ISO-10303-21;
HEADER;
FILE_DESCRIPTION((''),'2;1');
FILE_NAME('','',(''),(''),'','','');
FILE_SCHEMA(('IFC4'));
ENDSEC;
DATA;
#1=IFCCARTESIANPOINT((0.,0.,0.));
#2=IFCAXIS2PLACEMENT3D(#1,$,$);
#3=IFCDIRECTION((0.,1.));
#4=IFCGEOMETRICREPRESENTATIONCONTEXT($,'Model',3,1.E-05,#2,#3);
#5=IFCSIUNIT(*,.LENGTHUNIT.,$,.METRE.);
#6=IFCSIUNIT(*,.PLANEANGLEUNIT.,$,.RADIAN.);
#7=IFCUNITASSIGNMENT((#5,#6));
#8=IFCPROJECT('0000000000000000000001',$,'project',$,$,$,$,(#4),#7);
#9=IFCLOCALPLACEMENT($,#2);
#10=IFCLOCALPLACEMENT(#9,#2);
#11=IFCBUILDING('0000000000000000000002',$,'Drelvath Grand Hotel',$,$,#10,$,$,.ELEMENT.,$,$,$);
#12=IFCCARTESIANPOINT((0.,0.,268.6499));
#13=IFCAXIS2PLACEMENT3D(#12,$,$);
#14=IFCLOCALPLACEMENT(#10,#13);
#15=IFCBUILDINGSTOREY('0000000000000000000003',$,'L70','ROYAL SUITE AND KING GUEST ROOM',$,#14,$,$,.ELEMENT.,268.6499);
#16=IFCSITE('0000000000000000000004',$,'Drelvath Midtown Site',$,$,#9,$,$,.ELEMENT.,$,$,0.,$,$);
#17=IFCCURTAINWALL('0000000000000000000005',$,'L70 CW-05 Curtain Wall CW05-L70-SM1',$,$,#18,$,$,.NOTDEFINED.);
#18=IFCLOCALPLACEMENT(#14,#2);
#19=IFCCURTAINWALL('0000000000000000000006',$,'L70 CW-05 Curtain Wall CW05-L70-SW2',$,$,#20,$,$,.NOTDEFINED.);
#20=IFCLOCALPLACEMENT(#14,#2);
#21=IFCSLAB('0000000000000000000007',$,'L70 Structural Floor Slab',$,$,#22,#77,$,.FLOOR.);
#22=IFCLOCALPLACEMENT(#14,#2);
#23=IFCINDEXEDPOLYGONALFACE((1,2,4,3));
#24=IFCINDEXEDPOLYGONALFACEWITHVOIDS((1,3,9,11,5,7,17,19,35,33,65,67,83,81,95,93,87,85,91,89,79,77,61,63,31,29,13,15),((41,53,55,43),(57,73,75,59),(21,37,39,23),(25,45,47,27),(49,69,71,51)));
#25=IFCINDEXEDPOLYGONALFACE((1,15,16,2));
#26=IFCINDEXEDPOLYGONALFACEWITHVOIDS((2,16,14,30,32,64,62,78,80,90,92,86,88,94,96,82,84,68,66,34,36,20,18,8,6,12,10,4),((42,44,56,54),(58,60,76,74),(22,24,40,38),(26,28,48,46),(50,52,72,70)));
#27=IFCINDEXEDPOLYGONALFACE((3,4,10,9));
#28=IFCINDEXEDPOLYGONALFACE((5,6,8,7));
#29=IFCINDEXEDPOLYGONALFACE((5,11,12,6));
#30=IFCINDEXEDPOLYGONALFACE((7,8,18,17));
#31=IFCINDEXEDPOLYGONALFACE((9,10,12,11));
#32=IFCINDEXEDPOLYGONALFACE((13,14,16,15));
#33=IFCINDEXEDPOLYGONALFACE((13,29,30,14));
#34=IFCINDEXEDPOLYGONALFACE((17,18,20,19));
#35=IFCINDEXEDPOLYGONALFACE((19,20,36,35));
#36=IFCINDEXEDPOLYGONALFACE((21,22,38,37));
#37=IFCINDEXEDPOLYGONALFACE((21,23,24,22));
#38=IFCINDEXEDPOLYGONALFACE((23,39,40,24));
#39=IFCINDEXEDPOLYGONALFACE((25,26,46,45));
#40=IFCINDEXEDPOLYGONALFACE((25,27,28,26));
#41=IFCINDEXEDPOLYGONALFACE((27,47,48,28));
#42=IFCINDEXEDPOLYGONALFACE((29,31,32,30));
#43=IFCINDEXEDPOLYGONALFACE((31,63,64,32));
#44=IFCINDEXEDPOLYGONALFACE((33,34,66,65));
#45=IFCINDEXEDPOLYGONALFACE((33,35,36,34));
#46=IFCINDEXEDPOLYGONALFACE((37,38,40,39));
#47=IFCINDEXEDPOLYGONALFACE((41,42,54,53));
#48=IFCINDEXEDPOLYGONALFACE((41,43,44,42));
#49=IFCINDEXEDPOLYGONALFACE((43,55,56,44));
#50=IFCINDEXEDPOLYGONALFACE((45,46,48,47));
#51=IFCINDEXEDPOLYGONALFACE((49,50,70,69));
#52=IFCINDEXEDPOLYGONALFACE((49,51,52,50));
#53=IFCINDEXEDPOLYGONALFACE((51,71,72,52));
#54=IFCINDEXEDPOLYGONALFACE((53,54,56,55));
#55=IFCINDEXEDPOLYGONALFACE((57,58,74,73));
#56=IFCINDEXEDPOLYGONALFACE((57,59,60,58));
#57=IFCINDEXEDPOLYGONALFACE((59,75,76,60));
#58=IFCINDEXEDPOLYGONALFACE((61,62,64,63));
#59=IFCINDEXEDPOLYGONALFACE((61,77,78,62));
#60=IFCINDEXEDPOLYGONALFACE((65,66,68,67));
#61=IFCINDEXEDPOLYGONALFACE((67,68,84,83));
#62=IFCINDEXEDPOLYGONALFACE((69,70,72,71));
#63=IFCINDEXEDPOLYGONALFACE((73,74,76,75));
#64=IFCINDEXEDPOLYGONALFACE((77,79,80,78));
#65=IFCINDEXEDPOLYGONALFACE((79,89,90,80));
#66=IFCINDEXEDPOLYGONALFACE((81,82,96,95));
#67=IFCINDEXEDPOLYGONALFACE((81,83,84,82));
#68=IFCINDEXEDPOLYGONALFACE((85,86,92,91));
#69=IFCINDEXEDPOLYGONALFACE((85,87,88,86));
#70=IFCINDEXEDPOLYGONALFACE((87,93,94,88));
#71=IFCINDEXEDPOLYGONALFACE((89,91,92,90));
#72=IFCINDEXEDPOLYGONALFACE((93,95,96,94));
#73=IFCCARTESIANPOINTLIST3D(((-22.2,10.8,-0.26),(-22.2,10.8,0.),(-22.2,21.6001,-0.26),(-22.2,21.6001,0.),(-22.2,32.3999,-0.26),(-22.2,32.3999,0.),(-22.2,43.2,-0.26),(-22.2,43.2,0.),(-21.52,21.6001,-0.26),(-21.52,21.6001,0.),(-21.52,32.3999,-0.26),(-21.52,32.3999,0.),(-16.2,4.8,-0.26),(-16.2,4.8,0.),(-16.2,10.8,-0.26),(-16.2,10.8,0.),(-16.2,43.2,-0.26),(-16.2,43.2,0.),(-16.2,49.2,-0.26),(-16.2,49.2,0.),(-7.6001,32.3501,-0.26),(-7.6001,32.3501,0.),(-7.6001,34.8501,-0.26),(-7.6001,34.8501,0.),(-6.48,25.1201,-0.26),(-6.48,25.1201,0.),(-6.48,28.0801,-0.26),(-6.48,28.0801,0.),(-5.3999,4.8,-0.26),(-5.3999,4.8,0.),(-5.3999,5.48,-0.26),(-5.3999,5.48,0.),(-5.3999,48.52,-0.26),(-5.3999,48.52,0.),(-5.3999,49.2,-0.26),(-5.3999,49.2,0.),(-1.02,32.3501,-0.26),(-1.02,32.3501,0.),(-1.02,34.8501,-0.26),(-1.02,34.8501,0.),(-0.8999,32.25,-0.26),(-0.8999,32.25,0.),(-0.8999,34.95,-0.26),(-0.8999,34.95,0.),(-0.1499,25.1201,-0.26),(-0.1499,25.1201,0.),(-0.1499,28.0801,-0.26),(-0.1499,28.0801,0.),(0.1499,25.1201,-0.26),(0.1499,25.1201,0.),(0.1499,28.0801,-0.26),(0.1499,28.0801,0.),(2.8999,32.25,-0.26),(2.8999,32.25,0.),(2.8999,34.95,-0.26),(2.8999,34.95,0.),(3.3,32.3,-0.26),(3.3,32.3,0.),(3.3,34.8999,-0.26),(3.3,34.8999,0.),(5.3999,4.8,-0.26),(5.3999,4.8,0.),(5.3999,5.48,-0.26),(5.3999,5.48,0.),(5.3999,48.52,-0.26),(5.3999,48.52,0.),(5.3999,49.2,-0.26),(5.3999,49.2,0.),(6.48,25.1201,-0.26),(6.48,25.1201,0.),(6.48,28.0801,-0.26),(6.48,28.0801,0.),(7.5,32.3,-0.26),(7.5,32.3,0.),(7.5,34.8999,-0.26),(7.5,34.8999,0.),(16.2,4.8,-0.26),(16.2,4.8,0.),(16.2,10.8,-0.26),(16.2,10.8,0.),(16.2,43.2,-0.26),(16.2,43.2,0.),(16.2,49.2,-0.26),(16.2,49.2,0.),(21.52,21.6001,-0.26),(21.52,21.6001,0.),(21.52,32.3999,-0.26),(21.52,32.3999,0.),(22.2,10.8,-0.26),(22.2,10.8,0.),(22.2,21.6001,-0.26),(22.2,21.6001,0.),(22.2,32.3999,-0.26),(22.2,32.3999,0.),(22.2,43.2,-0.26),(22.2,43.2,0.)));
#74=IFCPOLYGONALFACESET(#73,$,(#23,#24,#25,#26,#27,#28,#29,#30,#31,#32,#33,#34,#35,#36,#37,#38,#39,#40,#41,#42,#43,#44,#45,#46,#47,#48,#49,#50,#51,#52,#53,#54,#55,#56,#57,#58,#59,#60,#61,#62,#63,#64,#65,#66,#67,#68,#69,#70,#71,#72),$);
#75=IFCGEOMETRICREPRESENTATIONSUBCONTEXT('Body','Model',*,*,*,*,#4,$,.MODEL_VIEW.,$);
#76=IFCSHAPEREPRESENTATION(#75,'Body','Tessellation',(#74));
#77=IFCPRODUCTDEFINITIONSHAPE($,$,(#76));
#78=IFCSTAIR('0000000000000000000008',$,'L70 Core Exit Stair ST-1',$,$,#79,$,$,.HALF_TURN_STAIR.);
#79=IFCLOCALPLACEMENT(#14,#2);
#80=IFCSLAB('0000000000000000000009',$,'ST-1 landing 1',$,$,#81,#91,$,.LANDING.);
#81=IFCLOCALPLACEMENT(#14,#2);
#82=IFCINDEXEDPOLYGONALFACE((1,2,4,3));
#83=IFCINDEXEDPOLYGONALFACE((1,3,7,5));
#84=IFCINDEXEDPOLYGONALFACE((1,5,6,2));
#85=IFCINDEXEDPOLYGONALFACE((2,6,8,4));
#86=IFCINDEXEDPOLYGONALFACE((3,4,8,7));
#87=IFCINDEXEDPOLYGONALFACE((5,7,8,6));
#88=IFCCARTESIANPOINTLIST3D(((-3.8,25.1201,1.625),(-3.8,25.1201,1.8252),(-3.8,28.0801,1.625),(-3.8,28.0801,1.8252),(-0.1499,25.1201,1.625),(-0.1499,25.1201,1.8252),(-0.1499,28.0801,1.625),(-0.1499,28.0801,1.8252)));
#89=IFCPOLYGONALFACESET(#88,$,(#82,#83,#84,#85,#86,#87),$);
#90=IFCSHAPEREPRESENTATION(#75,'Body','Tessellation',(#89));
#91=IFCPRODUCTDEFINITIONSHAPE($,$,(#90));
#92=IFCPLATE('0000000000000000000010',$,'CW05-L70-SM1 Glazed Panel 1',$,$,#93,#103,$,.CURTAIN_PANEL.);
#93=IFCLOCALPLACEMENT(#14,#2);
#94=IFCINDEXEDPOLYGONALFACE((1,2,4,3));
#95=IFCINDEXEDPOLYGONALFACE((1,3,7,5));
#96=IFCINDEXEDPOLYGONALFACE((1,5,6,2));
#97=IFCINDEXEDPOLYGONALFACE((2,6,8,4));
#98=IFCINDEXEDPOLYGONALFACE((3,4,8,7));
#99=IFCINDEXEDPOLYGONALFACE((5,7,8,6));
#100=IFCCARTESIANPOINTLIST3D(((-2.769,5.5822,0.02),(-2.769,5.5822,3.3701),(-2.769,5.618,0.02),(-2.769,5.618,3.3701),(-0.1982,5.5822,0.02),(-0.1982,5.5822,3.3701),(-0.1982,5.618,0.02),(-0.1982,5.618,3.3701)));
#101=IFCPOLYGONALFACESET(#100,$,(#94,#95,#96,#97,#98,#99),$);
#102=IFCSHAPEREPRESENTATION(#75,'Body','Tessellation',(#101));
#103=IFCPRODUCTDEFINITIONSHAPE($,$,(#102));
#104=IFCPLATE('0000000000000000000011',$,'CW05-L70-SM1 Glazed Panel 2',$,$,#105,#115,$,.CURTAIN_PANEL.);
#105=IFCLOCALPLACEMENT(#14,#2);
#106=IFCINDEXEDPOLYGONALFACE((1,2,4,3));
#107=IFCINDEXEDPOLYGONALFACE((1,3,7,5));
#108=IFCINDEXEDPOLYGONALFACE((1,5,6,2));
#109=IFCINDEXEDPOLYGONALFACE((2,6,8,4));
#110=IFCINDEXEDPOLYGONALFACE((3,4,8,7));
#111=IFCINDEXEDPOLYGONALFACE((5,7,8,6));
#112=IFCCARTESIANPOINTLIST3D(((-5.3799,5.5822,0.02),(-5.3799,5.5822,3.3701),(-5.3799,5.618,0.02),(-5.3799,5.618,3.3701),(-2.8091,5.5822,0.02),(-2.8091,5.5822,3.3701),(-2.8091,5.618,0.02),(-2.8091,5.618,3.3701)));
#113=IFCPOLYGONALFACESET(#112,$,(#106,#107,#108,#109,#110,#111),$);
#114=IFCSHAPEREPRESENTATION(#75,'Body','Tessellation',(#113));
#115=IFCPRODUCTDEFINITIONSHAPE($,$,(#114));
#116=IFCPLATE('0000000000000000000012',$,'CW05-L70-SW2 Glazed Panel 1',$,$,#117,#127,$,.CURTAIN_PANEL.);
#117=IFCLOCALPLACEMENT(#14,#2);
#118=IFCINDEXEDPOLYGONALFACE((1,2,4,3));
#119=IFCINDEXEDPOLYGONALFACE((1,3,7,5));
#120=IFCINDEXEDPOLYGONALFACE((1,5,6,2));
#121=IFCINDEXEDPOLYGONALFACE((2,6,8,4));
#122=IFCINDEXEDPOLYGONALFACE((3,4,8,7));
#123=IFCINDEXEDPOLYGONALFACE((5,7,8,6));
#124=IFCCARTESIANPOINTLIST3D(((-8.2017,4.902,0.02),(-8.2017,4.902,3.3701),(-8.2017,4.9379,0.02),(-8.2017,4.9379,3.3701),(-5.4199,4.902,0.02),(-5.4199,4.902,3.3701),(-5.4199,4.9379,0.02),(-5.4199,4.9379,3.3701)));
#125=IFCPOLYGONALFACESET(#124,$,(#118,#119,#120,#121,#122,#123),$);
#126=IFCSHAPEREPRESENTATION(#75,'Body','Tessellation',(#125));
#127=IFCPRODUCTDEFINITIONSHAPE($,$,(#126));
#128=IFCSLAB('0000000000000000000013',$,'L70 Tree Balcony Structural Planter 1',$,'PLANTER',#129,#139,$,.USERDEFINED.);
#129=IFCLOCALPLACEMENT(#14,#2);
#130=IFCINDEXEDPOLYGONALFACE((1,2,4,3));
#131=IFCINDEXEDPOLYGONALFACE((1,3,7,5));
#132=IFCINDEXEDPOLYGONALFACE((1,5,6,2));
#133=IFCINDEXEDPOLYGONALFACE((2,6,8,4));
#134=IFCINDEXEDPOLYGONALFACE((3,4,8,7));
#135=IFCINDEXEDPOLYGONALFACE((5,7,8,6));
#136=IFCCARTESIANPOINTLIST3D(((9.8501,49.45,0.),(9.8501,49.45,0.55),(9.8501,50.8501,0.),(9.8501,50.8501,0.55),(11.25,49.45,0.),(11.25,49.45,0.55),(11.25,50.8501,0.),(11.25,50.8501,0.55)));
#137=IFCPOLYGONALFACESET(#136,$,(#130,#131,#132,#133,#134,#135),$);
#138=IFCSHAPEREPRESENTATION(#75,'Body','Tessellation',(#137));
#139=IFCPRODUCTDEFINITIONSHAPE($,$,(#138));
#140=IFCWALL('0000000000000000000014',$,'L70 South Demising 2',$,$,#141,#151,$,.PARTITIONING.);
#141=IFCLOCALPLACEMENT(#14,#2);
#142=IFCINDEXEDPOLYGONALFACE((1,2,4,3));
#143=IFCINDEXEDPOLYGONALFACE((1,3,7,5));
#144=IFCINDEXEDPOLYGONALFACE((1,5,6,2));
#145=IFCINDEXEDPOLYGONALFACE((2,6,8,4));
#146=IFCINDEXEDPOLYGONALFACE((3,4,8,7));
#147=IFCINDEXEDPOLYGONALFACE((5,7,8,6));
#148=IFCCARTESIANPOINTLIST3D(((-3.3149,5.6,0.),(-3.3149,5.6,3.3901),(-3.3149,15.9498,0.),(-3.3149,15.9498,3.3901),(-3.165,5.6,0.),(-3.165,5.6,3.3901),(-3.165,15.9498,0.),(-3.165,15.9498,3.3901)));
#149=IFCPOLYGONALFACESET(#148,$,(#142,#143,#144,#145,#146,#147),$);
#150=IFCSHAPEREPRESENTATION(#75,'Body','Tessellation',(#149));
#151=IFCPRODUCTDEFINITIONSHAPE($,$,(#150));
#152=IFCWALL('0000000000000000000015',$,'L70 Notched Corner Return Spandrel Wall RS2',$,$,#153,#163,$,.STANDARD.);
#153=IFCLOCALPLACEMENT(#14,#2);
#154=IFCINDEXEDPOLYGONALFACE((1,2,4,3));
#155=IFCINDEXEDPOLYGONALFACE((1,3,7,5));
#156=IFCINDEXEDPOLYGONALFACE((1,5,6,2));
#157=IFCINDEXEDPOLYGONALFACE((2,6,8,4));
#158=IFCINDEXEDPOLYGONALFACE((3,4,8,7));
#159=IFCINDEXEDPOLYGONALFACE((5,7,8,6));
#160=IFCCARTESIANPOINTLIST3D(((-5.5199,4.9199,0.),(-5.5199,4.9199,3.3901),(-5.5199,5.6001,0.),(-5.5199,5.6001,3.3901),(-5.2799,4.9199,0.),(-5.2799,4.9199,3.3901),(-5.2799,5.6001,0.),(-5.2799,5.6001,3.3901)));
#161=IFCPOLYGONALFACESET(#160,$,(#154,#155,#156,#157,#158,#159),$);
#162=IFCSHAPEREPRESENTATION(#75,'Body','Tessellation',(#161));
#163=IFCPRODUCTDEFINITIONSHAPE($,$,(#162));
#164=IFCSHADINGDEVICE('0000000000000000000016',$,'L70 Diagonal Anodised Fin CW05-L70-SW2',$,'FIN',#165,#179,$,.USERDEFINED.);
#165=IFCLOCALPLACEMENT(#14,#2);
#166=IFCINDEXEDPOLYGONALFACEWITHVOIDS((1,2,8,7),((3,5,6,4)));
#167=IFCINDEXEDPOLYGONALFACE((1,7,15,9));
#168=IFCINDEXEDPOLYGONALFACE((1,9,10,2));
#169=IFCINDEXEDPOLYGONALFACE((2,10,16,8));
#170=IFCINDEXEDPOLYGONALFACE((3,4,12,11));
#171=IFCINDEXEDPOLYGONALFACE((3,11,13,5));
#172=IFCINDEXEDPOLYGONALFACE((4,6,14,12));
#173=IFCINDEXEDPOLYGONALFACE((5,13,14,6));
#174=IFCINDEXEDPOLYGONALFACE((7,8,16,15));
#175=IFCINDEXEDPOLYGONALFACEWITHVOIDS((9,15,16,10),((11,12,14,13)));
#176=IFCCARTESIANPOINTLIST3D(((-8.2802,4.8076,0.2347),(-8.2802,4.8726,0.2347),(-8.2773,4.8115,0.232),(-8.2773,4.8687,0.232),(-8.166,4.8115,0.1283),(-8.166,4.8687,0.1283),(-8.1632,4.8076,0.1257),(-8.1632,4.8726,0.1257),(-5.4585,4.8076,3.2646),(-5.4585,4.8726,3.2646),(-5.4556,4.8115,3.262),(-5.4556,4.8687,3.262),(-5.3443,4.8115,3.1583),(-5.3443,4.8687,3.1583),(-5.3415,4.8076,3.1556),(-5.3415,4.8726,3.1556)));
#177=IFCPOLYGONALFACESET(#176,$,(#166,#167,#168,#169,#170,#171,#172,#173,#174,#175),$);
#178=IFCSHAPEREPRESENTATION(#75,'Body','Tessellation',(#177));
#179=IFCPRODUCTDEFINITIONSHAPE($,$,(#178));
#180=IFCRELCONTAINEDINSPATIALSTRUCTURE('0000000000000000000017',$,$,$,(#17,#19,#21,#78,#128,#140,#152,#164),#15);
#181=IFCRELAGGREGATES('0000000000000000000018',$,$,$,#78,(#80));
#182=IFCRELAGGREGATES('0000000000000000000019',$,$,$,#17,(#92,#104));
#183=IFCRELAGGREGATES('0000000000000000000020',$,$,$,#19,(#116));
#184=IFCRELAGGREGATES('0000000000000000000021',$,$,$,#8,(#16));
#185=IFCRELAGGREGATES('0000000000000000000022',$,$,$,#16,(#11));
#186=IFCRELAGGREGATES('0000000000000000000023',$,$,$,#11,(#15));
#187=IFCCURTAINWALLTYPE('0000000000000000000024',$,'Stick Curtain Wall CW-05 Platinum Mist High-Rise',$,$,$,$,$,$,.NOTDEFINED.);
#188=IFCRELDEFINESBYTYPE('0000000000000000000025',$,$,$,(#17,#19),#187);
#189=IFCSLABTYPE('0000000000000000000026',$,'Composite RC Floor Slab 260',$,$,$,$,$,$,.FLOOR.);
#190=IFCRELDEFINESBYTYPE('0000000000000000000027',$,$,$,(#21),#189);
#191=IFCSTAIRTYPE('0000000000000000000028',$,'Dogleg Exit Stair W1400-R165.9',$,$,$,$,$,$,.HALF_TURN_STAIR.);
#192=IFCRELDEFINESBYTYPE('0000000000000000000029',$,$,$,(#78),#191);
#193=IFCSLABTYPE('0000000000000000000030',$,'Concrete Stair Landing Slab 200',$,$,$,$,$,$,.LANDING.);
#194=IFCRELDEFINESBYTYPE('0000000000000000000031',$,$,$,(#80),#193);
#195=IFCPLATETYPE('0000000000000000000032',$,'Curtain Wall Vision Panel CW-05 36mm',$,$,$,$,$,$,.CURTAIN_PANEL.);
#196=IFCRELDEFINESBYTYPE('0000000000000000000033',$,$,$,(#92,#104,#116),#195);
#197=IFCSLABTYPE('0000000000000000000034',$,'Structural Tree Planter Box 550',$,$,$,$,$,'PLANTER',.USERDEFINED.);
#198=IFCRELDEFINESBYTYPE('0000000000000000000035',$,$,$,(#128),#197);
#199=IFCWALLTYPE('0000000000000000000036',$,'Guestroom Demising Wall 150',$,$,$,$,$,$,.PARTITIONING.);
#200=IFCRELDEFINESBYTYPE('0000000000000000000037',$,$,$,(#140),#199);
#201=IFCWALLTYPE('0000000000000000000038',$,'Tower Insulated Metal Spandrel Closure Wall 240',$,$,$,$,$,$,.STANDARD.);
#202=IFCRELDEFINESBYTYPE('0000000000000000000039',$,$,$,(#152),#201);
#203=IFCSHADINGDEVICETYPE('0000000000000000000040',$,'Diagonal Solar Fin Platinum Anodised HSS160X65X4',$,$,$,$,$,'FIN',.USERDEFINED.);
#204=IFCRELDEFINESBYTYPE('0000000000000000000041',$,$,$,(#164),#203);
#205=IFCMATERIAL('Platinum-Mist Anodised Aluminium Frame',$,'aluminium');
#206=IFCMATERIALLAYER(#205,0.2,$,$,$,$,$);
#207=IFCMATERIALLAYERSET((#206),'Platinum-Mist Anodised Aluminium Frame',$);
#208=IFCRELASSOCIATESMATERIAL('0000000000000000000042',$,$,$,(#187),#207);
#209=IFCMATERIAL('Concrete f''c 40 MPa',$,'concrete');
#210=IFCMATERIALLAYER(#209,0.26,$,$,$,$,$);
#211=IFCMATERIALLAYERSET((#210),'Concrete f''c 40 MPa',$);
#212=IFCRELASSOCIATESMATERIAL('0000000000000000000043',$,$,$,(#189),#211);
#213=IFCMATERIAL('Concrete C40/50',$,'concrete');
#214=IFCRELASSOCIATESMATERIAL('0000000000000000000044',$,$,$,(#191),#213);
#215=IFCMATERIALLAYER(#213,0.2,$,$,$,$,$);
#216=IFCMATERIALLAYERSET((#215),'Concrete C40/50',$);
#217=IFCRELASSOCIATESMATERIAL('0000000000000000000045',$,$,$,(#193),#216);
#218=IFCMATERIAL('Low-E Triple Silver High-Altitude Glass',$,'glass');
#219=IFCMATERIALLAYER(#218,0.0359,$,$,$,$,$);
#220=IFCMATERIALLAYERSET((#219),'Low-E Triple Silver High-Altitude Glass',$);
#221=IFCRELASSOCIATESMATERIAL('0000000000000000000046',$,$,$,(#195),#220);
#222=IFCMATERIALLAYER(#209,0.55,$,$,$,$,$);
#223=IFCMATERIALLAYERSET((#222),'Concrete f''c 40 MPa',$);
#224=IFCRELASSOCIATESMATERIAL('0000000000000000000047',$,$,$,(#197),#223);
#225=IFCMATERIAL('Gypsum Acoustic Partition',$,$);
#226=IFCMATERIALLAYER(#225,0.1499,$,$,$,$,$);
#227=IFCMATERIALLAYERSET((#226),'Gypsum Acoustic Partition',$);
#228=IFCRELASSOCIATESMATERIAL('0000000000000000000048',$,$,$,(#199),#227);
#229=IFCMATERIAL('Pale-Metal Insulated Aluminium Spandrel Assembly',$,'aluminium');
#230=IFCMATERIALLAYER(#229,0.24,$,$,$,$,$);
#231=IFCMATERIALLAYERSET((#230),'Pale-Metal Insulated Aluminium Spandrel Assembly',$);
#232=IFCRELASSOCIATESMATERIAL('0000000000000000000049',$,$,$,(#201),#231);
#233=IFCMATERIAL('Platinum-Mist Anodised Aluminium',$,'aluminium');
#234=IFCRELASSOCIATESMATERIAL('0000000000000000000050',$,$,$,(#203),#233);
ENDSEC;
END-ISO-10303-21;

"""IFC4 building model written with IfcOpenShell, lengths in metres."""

from ifc_helpers import new_model, si_unit, direction, frame, frame_2d, origin, origin_2d, place, context, subcontext, project, spatial, polyline, rectangle, hollow_rectangle, outline, extrude, material, layer, layer_set, material_profile, profile_set, type_object, element, aggregate, save


model = new_model("IFC4")

# Units and contexts
model_context = context("Model", 3, precision=1e-05, world=origin(), true_north=direction((0.0, 1.0)))
body_context = subcontext(model_context, "Body", "Model", "MODEL_VIEW")
ifc_project = project(units=[si_unit("LENGTHUNIT", "METRE"), si_unit("PLANEANGLEUNIT", "RADIAN")], contexts=[model_context])

# Site, building, storey
site_placement = place(None, origin())
site = spatial("IfcSite", under=ifc_project, at=site_placement, Name="Drelvath Midtown Site", CompositionType="ELEMENT", RefElevation=0.0)
building_placement = place(site_placement, origin())
building = spatial("IfcBuilding", under=site, at=building_placement, Name="Drelvath Grand Hotel", CompositionType="ELEMENT")
storey_placement = place(building_placement, frame((0.0, 0.0, 268.6499)))
storey = spatial("IfcBuildingStorey", under=building, at=storey_placement, Name="L70", Description="ROYAL SUITE AND KING GUEST ROOM", CompositionType="ELEMENT", Elevation=268.6499)

# Curtain walls
ifc_material_1 = material(Name="Platinum-Mist Anodised Aluminium Frame", Category="aluminium")
ifc_layer_1 = layer(ifc_material_1, 0.2)
ifc_layer_set_1 = layer_set([ifc_layer_1], Name="Platinum-Mist Anodised Aluminium Frame")
curtain_wall_type = type_object("IfcCurtainWallType", Name="Stick Curtain Wall CW-05 Platinum Mist High-Rise", PredefinedType="NOTDEFINED", material=ifc_layer_set_1)
curtain_wall_1_placement = place(storey_placement, origin())
curtain_wall_1 = element("IfcCurtainWall", 1, at=curtain_wall_1_placement, inside=storey, type_object=curtain_wall_type, Name="L70 CW-05 Curtain Wall CW05-L70-SM1", PredefinedType="NOTDEFINED")
curtain_wall_2_placement = place(storey_placement, origin())
curtain_wall_2 = element("IfcCurtainWall", 2, at=curtain_wall_2_placement, inside=storey, type_object=curtain_wall_type, Name="L70 CW-05 Curtain Wall CW05-L70-SW2", PredefinedType="NOTDEFINED")

# Slab
ifc_material_2 = material(Name="Concrete f'c 40 MPa", Category="concrete")
ifc_layer_2 = layer(ifc_material_2, 0.26)
ifc_layer_set_2 = layer_set([ifc_layer_2], Name="Concrete f'c 40 MPa")
slab_type_1 = type_object("IfcSlabType", Name="Composite RC Floor Slab 260", PredefinedType="FLOOR", material=ifc_layer_set_2)
slab_1_placement = place(storey_placement, frame((0.0, 0.0, -0.26)))
element("IfcSlab", 3, at=slab_1_placement, inside=storey, type_object=slab_type_1, Name="L70 Structural Floor Slab", PredefinedType="FLOOR", context=body_context, shape_type="SweptSolid", body=[
    extrude(outline(polyline([(-16.2, 4.8), (-5.3999, 4.8), (-5.3999, 5.48), (5.3999, 5.48), (5.3999, 4.8), (16.2, 4.8), (16.2, 10.8), (22.2, 10.8), (22.2, 21.6001), (21.52, 21.6001), (21.52, 32.3999), (22.2, 32.3999), (22.2, 43.2), (16.2, 43.2), (16.2, 49.2), (5.3999, 49.2), (5.3999, 48.52), (-5.3999, 48.52), (-5.3999, 49.2), (-16.2, 49.2), (-16.2, 43.2), (-22.2, 43.2), (-22.2, 32.3999), (-21.52, 32.3999), (-21.52, 21.6001), (-22.2, 21.6001), (-22.2, 10.8), (-16.2, 10.8), (-16.2, 4.8)]), holes=[polyline([(-6.48, 25.1201), (-6.48, 28.0801), (-0.1499, 28.0801), (-0.1499, 25.1201), (-6.48, 25.1201)]), polyline([(0.1499, 25.1201), (0.1499, 28.0801), (6.48, 28.0801), (6.48, 25.1201), (0.1499, 25.1201)]), polyline([(-7.6001, 32.3501), (-7.6001, 34.8501), (-1.02, 34.8501), (-1.02, 32.3501), (-7.6001, 32.3501)]), polyline([(-0.8999, 32.25), (-0.8999, 34.95), (2.8999, 34.95), (2.8999, 32.25), (-0.8999, 32.25)]), polyline([(3.3, 32.3), (3.3, 34.8999), (7.5, 34.8999), (7.5, 32.3), (3.3, 32.3)])]), origin(), (0.0, 0.0, 1.0), 0.26),
])

# Stair, slab
ifc_material_3 = material(Name="Concrete C40/50", Category="concrete")
stair_type = type_object("IfcStairType", Name="Dogleg Exit Stair W1400-R165.9", PredefinedType="HALF_TURN_STAIR", material=ifc_material_3)
stair_placement = place(storey_placement, origin())
stair = element("IfcStair", 4, at=stair_placement, inside=storey, type_object=stair_type, Name="L70 Core Exit Stair ST-1", PredefinedType="HALF_TURN_STAIR")
ifc_layer_3 = layer(ifc_material_3, 0.2)
ifc_layer_set_3 = layer_set([ifc_layer_3], Name="Concrete C40/50")
slab_type_2 = type_object("IfcSlabType", Name="Concrete Stair Landing Slab 200", PredefinedType="LANDING", material=ifc_layer_set_3)
slab_2_placement = place(storey_placement, frame((0.0, 0.0, 1.625)))
slab_2 = element("IfcSlab", 5, at=slab_2_placement, type_object=slab_type_2, Name="ST-1 landing 1", PredefinedType="LANDING", context=body_context, shape_type="SweptSolid", body=[
    extrude(outline(polyline([(-3.8, 25.1201), (-0.1499, 25.1201), (-0.1499, 28.0801), (-3.8, 28.0801), (-3.8, 25.1201)])), origin(), (0.0, 0.0, 1.0), 0.2002),
])
aggregate(stair, [slab_2])

# Plates
ifc_material_4 = material(Name="Low-E Triple Silver High-Altitude Glass", Category="glass")
ifc_layer_4 = layer(ifc_material_4, 0.0359)
ifc_layer_set_4 = layer_set([ifc_layer_4], Name="Low-E Triple Silver High-Altitude Glass")
plate_type = type_object("IfcPlateType", Name="Curtain Wall Vision Panel CW-05 36mm", PredefinedType="CURTAIN_PANEL", material=ifc_layer_set_4)
plate_1_placement = place(storey_placement, frame((-1.4836, 5.6001, 0.02), z_axis=(0.0, 0.0, 1.0), x_axis=(-1.0, 0.0, 0.0)))
plate_1 = element("IfcPlate", 6, at=plate_1_placement, type_object=plate_type, Name="CW05-L70-SM1 Glazed Panel 1", PredefinedType="CURTAIN_PANEL", context=body_context, shape_type="SweptSolid", body=[
    extrude(rectangle(XDim=2.5708, YDim=0.0359, at=origin_2d()), origin(), (0.0, 0.0, 1.0), 3.3501),
])
plate_2_placement = place(storey_placement, frame((-4.0945, 5.6001, 0.02), z_axis=(0.0, 0.0, 1.0), x_axis=(-1.0, 0.0, 0.0)))
plate_2 = element("IfcPlate", 7, at=plate_2_placement, type_object=plate_type, Name="CW05-L70-SM1 Glazed Panel 2", PredefinedType="CURTAIN_PANEL", context=body_context, shape_type="SweptSolid", body=[
    extrude(rectangle(XDim=2.5708, YDim=0.0359, at=origin_2d()), origin(), (0.0, 0.0, 1.0), 3.3501),
])
aggregate(curtain_wall_1, [plate_1, plate_2])
plate_3_placement = place(storey_placement, frame((-6.8108, 4.9199, 0.02), z_axis=(0.0, 0.0, 1.0), x_axis=(-1.0, 0.0, 0.0)))
plate_3 = element("IfcPlate", 8, at=plate_3_placement, type_object=plate_type, Name="CW05-L70-SW2 Glazed Panel 1", PredefinedType="CURTAIN_PANEL", context=body_context, shape_type="SweptSolid", body=[
    extrude(rectangle(XDim=2.7817, YDim=0.0359, at=origin_2d()), origin(), (0.0, 0.0, 1.0), 3.3501),
])
aggregate(curtain_wall_2, [plate_3])

# Slab
ifc_layer_5 = layer(ifc_material_2, 0.55)
ifc_layer_set_5 = layer_set([ifc_layer_5], Name="Concrete f'c 40 MPa")
slab_type_3 = type_object("IfcSlabType", Name="Structural Tree Planter Box 550", ElementType="PLANTER", PredefinedType="USERDEFINED", material=ifc_layer_set_5)
slab_3_placement = place(storey_placement, origin())
element("IfcSlab", 9, at=slab_3_placement, inside=storey, type_object=slab_type_3, Name="L70 Tree Balcony Structural Planter 1", ObjectType="PLANTER", PredefinedType="USERDEFINED", context=body_context, shape_type="SweptSolid", body=[
    extrude(outline(polyline([(9.8501, 49.45), (11.25, 49.45), (11.25, 50.8501), (9.8501, 50.8501), (9.8501, 49.45)])), origin(), (0.0, 0.0, 1.0), 0.55),
])

# Walls
ifc_material_5 = material(Name="Gypsum Acoustic Partition")
ifc_layer_6 = layer(ifc_material_5, 0.1499)
ifc_layer_set_6 = layer_set([ifc_layer_6], Name="Gypsum Acoustic Partition")
wall_type_1 = type_object("IfcWallType", Name="Guestroom Demising Wall 150", PredefinedType="PARTITIONING", material=ifc_layer_set_6)
wall_1_placement = place(storey_placement, frame((-3.24, 5.6001, 0.0), z_axis=(0.0, 0.0, 1.0), x_axis=(0.0, 1.0, 0.0)))
element("IfcWall", 10, at=wall_1_placement, inside=storey, type_object=wall_type_1, Name="L70 South Demising 2", PredefinedType="PARTITIONING", context=body_context, shape_type="SweptSolid", body=[
    extrude(rectangle(XDim=10.3499, YDim=0.1499, at=frame_2d((5.1748, 0.0))), origin(), (0.0, 0.0, 1.0), 3.3901),
])
ifc_material_6 = material(Name="Pale-Metal Insulated Aluminium Spandrel Assembly", Category="aluminium")
ifc_layer_7 = layer(ifc_material_6, 0.24)
ifc_layer_set_7 = layer_set([ifc_layer_7], Name="Pale-Metal Insulated Aluminium Spandrel Assembly")
wall_type_2 = type_object("IfcWallType", Name="Tower Insulated Metal Spandrel Closure Wall 240", PredefinedType="STANDARD", material=ifc_layer_set_7)
wall_2_placement = place(storey_placement, frame((-5.3999, 5.6001, 0.0), z_axis=(0.0, 0.0, 1.0), x_axis=(0.0, -1.0, 0.0)))
element("IfcWall", 11, at=wall_2_placement, inside=storey, type_object=wall_type_2, Name="L70 Notched Corner Return Spandrel Wall RS2", PredefinedType="STANDARD", context=body_context, shape_type="SweptSolid", body=[
    extrude(rectangle(XDim=0.6802, YDim=0.24, at=frame_2d((0.3401, 0.0))), origin(), (0.0, 0.0, 1.0), 3.3901),
])

# Shading device
ifc_material_7 = material(Name="Platinum-Mist Anodised Aluminium", Category="aluminium")
ifc_material_profile_1 = material_profile(ifc_material_7, hollow_rectangle(XDim=0.0649, YDim=0.1599, WallThickness=0.0039, at=origin_2d()), Name="HSS160X65X4")
ifc_profile_set_1 = profile_set([ifc_material_profile_1], Name="Platinum-Mist Anodised Aluminium")
shading_device_type = type_object("IfcShadingDeviceType", Name="Diagonal Solar Fin Platinum Anodised HSS160X65X4", ElementType="FIN", PredefinedType="USERDEFINED", material=ifc_profile_set_1)
shading_device_placement = place(storey_placement, frame((-8.2217, 4.8401, 0.1802), z_axis=(0.681511, 0.0, 0.731808), x_axis=(0.0, 1.0, 0.0)))
element("IfcShadingDevice", 12, at=shading_device_placement, inside=storey, type_object=shading_device_type, Name="L70 Diagonal Anodised Fin CW05-L70-SW2", ObjectType="FIN", PredefinedType="USERDEFINED", context=body_context, shape_type="SweptSolid", body=[
    extrude(hollow_rectangle(XDim=0.0649, YDim=0.1599, WallThickness=0.0039, at=origin_2d()), origin(), (0.0, 0.0, 1.0), 4.1404),
])

save(model, "model.ifc")
